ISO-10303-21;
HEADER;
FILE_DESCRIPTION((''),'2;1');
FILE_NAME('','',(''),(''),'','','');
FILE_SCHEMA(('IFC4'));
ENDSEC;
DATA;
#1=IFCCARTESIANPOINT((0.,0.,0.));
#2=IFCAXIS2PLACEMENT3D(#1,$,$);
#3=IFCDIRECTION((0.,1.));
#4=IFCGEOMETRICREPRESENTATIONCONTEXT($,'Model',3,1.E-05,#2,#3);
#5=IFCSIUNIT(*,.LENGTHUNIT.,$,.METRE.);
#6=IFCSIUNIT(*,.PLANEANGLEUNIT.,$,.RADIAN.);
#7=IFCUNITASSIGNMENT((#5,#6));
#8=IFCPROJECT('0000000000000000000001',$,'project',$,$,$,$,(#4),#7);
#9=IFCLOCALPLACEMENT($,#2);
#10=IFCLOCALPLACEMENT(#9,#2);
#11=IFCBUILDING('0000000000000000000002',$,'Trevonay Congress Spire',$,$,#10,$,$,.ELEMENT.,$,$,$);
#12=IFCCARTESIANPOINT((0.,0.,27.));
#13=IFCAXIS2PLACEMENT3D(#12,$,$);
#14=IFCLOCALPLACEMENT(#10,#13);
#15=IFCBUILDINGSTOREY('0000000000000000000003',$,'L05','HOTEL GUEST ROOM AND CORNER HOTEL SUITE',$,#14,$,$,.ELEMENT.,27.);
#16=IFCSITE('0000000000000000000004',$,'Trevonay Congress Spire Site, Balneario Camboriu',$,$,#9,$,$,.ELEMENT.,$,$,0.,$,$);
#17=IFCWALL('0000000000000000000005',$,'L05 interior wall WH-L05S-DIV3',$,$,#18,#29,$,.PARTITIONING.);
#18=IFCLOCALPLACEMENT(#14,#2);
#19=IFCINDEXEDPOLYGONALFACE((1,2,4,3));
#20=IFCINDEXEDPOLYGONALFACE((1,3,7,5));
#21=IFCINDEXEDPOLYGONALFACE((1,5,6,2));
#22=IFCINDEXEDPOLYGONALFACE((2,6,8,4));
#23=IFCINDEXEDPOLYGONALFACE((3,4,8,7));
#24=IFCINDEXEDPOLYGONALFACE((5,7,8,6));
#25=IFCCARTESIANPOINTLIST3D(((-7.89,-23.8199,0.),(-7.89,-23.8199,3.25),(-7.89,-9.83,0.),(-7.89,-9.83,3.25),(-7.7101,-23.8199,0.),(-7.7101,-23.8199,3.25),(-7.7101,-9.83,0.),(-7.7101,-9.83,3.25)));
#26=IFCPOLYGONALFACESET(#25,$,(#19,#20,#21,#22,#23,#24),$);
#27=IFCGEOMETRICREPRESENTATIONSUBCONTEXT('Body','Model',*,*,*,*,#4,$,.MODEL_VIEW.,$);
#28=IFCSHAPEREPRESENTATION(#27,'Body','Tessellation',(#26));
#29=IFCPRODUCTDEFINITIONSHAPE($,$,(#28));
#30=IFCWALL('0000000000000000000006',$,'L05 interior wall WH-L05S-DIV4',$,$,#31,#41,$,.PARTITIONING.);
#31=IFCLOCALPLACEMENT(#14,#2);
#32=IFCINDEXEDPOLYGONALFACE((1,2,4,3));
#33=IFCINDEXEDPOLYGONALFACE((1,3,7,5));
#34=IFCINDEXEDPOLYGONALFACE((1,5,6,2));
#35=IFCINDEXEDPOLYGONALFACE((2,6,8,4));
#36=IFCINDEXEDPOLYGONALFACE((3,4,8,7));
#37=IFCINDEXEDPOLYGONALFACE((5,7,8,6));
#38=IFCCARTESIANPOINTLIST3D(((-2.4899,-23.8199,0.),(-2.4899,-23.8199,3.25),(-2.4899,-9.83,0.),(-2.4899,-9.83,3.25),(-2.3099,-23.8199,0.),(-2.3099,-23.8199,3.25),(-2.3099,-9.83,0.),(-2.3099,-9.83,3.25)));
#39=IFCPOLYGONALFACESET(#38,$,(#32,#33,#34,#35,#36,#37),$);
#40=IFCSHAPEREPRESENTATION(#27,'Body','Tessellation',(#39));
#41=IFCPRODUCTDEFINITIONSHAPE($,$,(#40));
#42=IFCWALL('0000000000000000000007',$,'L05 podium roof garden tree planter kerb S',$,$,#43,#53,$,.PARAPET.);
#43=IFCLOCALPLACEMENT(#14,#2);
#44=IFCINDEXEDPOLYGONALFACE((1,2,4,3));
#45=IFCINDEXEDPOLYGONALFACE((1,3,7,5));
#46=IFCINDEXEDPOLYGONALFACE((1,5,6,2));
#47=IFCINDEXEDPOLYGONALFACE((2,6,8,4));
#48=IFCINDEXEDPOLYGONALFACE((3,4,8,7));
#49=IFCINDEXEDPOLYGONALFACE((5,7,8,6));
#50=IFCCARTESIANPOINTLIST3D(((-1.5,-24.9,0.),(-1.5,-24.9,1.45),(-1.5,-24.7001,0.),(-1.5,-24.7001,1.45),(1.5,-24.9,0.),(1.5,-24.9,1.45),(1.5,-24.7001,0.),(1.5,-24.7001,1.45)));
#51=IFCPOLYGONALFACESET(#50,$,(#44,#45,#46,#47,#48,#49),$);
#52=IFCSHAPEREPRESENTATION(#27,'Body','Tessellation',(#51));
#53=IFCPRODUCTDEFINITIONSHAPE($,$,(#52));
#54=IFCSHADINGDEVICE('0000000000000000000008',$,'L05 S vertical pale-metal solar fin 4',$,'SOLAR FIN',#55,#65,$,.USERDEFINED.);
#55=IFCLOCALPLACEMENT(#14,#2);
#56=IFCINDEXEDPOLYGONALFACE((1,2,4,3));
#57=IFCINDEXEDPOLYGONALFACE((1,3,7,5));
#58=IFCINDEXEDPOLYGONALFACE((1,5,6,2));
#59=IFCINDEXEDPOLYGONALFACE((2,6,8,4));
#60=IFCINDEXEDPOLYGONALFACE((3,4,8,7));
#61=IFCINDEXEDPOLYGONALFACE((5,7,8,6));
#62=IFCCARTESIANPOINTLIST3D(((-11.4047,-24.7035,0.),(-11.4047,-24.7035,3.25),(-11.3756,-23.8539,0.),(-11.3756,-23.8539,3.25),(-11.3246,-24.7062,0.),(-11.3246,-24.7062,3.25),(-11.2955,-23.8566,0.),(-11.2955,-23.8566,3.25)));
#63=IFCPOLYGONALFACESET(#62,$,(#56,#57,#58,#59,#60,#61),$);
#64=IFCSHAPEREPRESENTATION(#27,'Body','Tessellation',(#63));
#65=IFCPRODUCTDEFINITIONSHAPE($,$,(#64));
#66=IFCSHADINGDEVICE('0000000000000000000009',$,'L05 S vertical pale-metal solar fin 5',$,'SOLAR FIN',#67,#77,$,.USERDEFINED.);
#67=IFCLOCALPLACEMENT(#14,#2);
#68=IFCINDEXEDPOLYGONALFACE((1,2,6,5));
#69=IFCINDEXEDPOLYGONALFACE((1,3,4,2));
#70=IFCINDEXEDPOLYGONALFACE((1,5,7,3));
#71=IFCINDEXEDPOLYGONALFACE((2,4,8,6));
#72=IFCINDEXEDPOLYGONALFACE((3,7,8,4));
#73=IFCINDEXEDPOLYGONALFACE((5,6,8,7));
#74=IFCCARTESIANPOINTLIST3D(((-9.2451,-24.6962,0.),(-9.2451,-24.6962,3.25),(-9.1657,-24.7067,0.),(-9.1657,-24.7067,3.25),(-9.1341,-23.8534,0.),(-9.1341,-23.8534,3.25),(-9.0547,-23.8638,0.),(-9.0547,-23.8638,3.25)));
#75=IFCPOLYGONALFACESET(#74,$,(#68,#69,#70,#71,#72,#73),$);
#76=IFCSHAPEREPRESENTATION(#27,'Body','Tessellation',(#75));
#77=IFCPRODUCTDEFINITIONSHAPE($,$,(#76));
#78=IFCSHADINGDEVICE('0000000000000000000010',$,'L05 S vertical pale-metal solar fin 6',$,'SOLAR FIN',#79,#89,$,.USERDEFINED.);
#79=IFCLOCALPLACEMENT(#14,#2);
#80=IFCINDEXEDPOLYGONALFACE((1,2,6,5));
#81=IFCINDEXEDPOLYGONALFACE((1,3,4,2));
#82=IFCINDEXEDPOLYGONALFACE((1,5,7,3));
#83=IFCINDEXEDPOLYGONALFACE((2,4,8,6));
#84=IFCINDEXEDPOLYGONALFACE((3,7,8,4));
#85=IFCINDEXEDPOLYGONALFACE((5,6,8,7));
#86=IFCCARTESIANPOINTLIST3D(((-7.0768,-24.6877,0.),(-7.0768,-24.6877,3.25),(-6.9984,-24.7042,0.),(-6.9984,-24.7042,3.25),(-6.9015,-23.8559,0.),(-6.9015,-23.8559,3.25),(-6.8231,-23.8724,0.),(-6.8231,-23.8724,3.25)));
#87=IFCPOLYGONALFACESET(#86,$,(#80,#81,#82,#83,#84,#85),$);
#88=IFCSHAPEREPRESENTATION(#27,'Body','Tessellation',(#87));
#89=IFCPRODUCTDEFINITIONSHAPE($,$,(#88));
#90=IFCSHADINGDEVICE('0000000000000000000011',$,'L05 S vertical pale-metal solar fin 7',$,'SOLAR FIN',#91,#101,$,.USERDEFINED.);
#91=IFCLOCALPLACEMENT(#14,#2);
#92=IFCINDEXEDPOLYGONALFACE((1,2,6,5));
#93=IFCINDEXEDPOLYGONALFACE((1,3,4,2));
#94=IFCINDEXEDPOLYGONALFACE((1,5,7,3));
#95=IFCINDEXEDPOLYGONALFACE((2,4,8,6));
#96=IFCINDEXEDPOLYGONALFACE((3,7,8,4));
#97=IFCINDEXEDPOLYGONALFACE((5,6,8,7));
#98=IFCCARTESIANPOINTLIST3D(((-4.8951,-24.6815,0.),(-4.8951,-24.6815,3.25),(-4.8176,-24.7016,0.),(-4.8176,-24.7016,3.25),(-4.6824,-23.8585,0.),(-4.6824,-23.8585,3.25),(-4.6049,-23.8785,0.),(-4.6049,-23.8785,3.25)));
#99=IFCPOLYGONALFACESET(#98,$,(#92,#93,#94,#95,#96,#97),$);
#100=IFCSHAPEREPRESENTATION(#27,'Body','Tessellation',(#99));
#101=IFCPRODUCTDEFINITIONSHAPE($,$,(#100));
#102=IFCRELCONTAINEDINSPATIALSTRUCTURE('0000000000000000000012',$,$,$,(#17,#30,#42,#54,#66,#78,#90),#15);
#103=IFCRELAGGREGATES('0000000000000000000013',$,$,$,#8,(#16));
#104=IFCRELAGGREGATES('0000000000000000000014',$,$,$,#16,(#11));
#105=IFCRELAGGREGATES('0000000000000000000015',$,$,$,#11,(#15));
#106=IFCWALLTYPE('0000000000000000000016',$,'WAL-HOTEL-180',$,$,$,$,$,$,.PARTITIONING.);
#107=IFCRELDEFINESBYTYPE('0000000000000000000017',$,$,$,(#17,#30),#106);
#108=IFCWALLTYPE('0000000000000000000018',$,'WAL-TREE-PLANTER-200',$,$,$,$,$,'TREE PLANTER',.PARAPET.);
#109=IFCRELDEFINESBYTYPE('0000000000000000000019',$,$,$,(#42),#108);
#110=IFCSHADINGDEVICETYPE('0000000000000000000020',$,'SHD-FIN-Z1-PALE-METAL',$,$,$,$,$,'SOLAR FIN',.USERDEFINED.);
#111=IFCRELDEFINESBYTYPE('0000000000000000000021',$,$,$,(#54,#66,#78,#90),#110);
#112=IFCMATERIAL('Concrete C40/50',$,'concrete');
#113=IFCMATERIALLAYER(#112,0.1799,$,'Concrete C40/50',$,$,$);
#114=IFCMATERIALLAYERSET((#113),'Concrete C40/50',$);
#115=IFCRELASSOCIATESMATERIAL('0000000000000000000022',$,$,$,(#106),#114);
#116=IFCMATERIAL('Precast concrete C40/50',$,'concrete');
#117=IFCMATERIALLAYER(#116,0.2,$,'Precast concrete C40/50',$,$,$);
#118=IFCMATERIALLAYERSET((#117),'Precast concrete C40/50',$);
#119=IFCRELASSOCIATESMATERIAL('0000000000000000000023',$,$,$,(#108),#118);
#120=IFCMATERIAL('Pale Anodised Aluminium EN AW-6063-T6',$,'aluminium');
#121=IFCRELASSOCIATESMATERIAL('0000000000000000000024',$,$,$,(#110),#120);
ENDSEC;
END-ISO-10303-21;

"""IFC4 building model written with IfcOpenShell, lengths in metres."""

from ifc_helpers import new_model, si_unit, direction, frame, frame_2d, origin, origin_2d, place, context, subcontext, project, spatial, rectangle, extrude, material, layer, layer_set, type_object, element, save


model = new_model("IFC4")

# Units and contexts
model_context = context("Model", 3, precision=1e-05, world=origin(), true_north=direction((0.0, 1.0)))
body_context = subcontext(model_context, "Body", "Model", "MODEL_VIEW")
ifc_project = project(units=[si_unit("LENGTHUNIT", "METRE"), si_unit("PLANEANGLEUNIT", "RADIAN")], contexts=[model_context])

# Site, building, storey
site_placement = place(None, origin())
site = spatial("IfcSite", under=ifc_project, at=site_placement, Name="Trevonay Congress Spire Site, Balneario Camboriu", CompositionType="ELEMENT", RefElevation=0.0)
building_placement = place(site_placement, origin())
building = spatial("IfcBuilding", under=site, at=building_placement, Name="Trevonay Congress Spire", CompositionType="ELEMENT")
storey_placement = place(building_placement, frame((0.0, 0.0, 27.0)))
storey = spatial("IfcBuildingStorey", under=building, at=storey_placement, Name="L05", Description="HOTEL GUEST ROOM AND CORNER HOTEL SUITE", CompositionType="ELEMENT", Elevation=27.0)

# Shared definitions
ifc_material_1 = material(Name="Pale Anodised Aluminium EN AW-6063-T6", Category="aluminium")

# Shared definitions
ifc_material_2 = material(Name="Precast concrete C40/50", Category="concrete")

# Walls
ifc_material_3 = material(Name="Concrete C40/50", Category="concrete")
ifc_layer_1 = layer(ifc_material_3, 0.1799, Name="Concrete C40/50")
ifc_layer_set_1 = layer_set([ifc_layer_1], Name="Concrete C40/50")
wall_type_1 = type_object("IfcWallType", Name="WAL-HOTEL-180", PredefinedType="PARTITIONING", material=ifc_layer_set_1)
for number, where, z_axis, x_axis, name in (
    (1, (-7.8, -23.8201, 0.0), (0.0, 0.0, 1.0), (0.0, 1.0, 0.0), "L05 interior wall WH-L05S-DIV3"),
    (2, (-2.3999, -23.8201, 0.0), (0.0, 0.0, 1.0), (0.0, 1.0, 0.0), "L05 interior wall WH-L05S-DIV4"),
):
    element("IfcWall", number, at=place(storey_placement, frame(where, z_axis=z_axis, x_axis=x_axis)), inside=storey, type_object=wall_type_1, Name=name, PredefinedType="PARTITIONING", context=body_context, shape_type="SweptSolid", body=[
        extrude(rectangle(XDim=13.99, YDim=0.1799, at=frame_2d((6.9951, 0.0))), origin(), (0.0, 0.0, 1.0), 3.25),
    ])
ifc_layer_2 = layer(ifc_material_2, 0.2, Name="Precast concrete C40/50")
ifc_layer_set_2 = layer_set([ifc_layer_2], Name="Precast concrete C40/50")
wall_type_2 = type_object("IfcWallType", Name="WAL-TREE-PLANTER-200", ElementType="TREE PLANTER", PredefinedType="PARAPET", material=ifc_layer_set_2)
wall_1_placement = place(storey_placement, frame((-1.5, -24.8, 0.0), z_axis=(0.0, 0.0, 1.0), x_axis=(1.0, 0.0, 0.0)))
element("IfcWall", 3, at=wall_1_placement, inside=storey, type_object=wall_type_2, Name="L05 podium roof garden tree planter kerb S", PredefinedType="PARAPET", context=body_context, shape_type="SweptSolid", body=[
    extrude(rectangle(XDim=3.0, YDim=0.2, at=frame_2d((1.5, 0.0))), origin(), (0.0, 0.0, 1.0), 1.45),
])

# Shading devices
shading_device_type = type_object("IfcShadingDeviceType", Name="SHD-FIN-Z1-PALE-METAL", ElementType="SOLAR FIN", PredefinedType="USERDEFINED", material=ifc_material_1)
for number, where, z_axis, x_axis, name in (
    (4, (-11.3501, -24.28, 0.0), (0.0, 0.0, 1.0), (0.999415, -0.034202, 0.0), "L05 S vertical pale-metal solar fin 4"),
    (5, (-9.1499, -24.28, 0.0), (0.0, 0.0, 1.0), (0.991445, -0.130526, 0.0), "L05 S vertical pale-metal solar fin 5"),
    (6, (-6.95, -24.28, 0.0), (0.0, 0.0, 1.0), (0.978509, -0.206204, 0.0), "L05 S vertical pale-metal solar fin 6"),
    (7, (-4.75, -24.28, 0.0), (0.0, 0.0, 1.0), (0.968191, -0.250211, 0.0), "L05 S vertical pale-metal solar fin 7"),
):
    element("IfcShadingDevice", number, at=place(storey_placement, frame(where, z_axis=z_axis, x_axis=x_axis)), inside=storey, type_object=shading_device_type, Name=name, ObjectType="SOLAR FIN", PredefinedType="USERDEFINED", context=body_context, shape_type="SweptSolid", body=[
        extrude(rectangle(XDim=0.0801, YDim=0.8501, at=origin_2d()), origin(), (0.0, 0.0, 1.0), 3.25),
    ])

save(model, "model.ifc")
